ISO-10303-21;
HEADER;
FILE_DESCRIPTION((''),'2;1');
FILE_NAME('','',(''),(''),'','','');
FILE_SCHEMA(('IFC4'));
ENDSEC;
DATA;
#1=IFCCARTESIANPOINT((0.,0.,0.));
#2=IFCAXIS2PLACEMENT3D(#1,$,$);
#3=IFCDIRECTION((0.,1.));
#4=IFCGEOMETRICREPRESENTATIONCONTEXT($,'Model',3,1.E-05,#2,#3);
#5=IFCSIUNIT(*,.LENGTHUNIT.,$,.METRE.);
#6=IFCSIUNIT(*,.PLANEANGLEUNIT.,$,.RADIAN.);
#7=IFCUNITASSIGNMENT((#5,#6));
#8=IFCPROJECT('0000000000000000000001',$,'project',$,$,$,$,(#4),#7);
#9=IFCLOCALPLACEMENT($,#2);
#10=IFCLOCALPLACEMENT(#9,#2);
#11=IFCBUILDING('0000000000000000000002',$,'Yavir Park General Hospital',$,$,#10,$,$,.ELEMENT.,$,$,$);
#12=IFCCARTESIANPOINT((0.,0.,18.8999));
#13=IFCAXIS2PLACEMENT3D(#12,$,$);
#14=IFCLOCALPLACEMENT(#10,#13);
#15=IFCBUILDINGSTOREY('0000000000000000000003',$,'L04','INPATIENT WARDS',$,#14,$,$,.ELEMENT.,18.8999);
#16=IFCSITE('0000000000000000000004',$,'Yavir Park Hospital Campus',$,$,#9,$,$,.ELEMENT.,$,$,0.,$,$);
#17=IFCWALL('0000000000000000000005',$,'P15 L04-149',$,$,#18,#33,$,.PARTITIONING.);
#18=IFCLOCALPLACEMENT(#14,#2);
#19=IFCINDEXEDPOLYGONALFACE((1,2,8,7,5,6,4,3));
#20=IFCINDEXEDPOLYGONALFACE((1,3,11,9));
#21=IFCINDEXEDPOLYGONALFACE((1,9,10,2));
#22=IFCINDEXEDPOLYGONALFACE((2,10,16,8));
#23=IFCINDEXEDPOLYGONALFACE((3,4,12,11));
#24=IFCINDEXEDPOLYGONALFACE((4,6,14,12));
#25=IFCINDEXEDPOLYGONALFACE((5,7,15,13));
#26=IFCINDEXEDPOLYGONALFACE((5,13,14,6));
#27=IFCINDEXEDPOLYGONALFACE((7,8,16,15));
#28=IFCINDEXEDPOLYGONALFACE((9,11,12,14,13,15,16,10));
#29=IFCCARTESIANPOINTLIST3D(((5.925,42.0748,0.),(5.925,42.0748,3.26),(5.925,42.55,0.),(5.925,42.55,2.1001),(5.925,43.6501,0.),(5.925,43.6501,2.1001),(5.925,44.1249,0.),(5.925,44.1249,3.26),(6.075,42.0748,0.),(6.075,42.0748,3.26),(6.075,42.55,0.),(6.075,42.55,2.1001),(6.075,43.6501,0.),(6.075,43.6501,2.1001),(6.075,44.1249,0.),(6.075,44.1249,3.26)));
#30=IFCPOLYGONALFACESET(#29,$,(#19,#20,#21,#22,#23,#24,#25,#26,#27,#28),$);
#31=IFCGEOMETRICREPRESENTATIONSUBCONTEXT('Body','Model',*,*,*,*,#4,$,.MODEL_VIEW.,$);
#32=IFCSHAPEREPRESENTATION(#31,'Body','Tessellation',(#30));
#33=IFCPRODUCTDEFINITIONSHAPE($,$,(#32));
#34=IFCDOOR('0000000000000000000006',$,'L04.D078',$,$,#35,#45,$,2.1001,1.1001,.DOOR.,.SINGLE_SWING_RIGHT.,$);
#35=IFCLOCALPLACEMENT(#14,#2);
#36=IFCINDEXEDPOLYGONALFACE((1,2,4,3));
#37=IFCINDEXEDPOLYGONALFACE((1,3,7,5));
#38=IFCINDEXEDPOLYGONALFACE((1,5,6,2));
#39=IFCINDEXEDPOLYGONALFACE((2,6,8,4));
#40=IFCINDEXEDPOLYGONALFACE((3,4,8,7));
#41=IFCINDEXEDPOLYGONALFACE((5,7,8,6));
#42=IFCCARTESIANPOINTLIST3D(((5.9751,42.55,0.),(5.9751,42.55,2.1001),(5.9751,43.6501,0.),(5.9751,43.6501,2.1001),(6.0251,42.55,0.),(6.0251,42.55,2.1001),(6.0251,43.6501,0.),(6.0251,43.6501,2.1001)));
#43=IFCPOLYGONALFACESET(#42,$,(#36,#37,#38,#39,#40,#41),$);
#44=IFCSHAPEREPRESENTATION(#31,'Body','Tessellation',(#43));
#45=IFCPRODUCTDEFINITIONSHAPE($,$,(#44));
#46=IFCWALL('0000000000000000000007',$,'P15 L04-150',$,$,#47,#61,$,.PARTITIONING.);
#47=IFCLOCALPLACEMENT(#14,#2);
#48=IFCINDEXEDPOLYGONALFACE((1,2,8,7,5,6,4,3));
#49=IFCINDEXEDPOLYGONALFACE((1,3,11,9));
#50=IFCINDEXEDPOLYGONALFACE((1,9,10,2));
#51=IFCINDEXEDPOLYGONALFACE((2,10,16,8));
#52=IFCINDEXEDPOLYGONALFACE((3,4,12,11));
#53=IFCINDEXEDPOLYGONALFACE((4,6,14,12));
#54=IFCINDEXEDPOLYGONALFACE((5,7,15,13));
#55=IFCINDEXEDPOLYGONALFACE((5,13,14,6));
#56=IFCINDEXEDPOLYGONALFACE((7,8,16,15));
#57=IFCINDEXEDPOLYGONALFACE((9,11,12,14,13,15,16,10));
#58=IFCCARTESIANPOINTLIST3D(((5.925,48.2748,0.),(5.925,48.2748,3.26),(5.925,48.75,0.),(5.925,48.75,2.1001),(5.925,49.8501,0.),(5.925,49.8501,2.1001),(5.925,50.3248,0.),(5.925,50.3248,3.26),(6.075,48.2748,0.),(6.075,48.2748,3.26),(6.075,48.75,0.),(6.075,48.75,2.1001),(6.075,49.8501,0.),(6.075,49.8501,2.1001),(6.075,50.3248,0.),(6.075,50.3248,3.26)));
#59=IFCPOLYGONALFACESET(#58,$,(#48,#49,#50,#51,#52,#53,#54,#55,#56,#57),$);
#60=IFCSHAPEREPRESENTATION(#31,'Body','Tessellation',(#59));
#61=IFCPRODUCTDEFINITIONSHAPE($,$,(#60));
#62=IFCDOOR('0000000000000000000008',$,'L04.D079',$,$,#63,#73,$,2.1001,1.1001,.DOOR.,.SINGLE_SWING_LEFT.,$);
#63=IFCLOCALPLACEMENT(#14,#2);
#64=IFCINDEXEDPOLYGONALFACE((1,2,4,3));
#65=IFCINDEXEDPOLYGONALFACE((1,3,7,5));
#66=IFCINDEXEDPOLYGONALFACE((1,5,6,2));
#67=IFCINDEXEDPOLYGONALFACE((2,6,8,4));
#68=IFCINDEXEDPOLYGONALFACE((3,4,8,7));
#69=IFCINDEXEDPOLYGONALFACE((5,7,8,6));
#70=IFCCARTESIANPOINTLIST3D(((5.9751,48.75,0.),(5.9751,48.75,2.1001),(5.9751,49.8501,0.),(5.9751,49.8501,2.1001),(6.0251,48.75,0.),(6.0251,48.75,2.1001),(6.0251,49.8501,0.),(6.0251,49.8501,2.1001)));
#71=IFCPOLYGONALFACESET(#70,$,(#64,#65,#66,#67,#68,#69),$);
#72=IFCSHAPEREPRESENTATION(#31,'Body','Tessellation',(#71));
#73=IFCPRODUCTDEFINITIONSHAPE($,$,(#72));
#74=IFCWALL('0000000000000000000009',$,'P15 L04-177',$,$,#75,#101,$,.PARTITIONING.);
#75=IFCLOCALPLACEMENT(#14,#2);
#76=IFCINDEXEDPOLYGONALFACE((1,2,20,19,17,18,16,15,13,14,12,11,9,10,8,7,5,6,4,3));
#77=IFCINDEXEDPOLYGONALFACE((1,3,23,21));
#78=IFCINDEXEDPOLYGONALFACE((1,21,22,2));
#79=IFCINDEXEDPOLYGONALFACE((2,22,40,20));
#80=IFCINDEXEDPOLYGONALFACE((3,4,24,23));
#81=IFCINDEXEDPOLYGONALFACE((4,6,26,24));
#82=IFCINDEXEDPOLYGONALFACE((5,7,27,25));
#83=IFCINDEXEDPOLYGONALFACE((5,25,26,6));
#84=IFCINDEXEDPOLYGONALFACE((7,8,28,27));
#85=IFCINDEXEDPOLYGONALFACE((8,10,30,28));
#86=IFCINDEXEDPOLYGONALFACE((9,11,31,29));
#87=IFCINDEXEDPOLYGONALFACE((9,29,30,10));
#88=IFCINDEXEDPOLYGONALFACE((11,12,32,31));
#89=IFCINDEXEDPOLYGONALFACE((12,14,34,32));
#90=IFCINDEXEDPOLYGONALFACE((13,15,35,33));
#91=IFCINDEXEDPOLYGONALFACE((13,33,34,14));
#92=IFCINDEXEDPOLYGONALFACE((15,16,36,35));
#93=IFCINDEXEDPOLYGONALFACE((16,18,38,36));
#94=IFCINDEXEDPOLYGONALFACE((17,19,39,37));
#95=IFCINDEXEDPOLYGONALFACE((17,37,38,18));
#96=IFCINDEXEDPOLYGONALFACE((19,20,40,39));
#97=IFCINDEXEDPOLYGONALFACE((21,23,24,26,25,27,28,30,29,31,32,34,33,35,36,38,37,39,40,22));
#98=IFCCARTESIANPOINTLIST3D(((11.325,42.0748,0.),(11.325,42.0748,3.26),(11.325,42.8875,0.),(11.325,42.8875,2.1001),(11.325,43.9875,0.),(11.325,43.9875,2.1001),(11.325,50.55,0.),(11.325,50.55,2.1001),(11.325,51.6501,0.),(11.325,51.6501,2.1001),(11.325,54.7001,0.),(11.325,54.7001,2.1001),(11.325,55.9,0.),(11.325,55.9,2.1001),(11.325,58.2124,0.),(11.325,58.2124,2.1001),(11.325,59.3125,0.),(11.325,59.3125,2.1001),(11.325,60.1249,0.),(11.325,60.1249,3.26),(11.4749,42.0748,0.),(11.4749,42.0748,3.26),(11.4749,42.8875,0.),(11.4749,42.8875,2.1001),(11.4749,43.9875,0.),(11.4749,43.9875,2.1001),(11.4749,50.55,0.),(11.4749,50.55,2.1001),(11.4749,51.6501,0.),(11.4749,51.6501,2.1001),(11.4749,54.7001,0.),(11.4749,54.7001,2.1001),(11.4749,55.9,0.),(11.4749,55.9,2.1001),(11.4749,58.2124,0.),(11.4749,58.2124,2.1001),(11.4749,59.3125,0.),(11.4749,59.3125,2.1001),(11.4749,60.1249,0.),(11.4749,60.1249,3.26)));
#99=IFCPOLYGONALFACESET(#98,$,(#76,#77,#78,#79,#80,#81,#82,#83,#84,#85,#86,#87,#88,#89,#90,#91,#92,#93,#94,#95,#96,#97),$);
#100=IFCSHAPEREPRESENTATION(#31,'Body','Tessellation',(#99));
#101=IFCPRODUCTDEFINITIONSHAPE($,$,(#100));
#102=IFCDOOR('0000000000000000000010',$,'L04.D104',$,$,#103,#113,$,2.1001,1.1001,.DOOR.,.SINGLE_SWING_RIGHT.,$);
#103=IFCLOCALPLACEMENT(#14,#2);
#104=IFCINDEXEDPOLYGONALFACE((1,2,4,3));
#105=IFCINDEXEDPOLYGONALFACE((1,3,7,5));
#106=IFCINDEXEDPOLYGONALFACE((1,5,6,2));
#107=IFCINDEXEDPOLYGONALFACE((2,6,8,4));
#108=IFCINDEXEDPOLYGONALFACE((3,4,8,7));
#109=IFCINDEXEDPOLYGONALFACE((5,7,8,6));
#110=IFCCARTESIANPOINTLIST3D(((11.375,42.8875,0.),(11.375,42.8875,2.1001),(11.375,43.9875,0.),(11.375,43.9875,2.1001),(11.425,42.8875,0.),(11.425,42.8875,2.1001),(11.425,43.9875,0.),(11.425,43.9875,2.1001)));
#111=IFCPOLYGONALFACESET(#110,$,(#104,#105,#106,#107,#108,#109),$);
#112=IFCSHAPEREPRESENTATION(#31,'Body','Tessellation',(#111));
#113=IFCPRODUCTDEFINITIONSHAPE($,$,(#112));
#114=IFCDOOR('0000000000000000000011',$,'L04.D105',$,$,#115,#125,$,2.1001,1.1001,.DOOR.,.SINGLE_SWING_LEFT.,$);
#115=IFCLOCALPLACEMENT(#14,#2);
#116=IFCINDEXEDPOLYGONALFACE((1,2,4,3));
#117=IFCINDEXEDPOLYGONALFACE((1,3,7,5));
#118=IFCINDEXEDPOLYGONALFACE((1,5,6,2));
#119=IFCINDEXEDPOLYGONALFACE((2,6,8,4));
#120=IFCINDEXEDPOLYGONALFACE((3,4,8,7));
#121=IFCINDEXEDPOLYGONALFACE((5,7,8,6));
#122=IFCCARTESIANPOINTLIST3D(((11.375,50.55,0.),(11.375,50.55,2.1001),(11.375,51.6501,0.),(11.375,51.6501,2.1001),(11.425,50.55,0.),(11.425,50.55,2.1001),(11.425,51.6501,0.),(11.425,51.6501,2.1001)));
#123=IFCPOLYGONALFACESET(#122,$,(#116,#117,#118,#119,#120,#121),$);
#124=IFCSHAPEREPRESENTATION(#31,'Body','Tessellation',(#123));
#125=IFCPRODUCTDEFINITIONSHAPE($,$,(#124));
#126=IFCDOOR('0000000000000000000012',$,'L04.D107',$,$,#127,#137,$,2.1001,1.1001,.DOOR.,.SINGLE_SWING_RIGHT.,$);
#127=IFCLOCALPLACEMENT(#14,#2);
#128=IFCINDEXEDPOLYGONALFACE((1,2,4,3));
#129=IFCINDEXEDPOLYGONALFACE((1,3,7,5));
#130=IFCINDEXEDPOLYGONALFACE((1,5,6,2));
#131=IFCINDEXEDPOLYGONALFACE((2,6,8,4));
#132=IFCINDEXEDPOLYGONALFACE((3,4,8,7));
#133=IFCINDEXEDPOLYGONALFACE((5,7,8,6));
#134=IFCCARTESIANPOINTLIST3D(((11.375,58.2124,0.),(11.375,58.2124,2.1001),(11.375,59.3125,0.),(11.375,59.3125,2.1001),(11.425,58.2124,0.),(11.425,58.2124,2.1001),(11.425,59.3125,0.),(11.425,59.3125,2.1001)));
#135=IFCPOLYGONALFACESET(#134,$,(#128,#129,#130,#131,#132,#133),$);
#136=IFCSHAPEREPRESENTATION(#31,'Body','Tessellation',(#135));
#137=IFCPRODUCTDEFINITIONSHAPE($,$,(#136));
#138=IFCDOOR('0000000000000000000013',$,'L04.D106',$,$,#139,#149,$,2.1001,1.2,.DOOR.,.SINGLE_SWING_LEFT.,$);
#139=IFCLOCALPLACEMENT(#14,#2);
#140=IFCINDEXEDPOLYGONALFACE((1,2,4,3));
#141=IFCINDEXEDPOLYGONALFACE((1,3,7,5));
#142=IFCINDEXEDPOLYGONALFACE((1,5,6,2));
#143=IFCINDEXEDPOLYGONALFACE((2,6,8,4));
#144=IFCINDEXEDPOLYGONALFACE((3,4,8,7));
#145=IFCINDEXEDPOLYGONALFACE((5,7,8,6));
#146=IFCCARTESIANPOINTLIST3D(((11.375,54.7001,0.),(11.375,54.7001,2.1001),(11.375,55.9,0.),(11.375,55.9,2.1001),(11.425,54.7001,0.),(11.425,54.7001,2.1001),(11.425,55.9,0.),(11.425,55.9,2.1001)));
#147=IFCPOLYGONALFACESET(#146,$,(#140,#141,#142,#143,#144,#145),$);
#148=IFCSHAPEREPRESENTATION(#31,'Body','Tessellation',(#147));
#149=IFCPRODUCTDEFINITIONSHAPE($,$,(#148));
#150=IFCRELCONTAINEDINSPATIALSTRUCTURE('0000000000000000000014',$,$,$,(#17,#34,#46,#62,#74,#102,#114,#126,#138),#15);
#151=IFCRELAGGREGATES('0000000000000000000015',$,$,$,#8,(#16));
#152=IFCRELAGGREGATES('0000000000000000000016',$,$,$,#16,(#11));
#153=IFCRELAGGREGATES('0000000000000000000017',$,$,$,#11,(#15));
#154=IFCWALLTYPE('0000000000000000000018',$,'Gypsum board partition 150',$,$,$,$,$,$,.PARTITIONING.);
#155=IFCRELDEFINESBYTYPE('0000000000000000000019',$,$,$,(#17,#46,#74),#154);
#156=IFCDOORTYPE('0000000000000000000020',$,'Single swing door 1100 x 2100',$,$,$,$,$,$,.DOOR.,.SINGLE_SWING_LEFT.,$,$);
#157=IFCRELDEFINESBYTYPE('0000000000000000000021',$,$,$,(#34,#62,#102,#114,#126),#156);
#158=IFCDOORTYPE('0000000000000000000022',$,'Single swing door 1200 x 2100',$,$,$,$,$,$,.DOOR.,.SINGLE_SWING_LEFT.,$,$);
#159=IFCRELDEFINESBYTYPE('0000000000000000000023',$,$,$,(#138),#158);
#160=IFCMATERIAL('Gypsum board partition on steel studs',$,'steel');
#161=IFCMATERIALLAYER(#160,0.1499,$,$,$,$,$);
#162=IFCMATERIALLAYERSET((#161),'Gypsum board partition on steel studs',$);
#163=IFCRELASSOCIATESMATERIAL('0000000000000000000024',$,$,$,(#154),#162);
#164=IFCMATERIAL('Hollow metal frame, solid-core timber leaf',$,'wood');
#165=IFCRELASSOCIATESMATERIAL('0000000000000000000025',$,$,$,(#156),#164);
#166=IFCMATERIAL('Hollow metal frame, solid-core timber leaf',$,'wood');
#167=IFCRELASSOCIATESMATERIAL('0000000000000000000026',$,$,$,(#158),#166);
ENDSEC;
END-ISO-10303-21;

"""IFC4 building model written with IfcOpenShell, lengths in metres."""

from ifc_helpers import new_model, si_unit, direction, frame, frame_2d, origin, place, context, subcontext, project, spatial, rectangle, extrude, material, layer, layer_set, type_object, element, fill, save


model = new_model("IFC4")

# Units and contexts
model_context = context("Model", 3, precision=1e-05, world=origin(), true_north=direction((0.0, 1.0)))
body_context = subcontext(model_context, "Body", "Model", "MODEL_VIEW")
ifc_project = project(units=[si_unit("LENGTHUNIT", "METRE"), si_unit("PLANEANGLEUNIT", "RADIAN")], contexts=[model_context])

# Site, building, storey
site_placement = place(None, origin())
site = spatial("IfcSite", under=ifc_project, at=site_placement, Name="Yavir Park Hospital Campus", CompositionType="ELEMENT", RefElevation=0.0)
building_placement = place(site_placement, origin())
building = spatial("IfcBuilding", under=site, at=building_placement, Name="Yavir Park General Hospital", CompositionType="ELEMENT")
storey_placement = place(building_placement, frame((0.0, 0.0, 18.8999)))
storey = spatial("IfcBuildingStorey", under=building, at=storey_placement, Name="L04", Description="INPATIENT WARDS", CompositionType="ELEMENT", Elevation=18.8999)

# Shared definitions
ifc_material_1 = material(Name="Gypsum board partition on steel studs", Category="steel")
ifc_layer_1 = layer(ifc_material_1, 0.1499)
ifc_layer_set_1 = layer_set([ifc_layer_1], Name="Gypsum board partition on steel studs")
wall_type_1 = type_object("IfcWallType", Name="Gypsum board partition 150", PredefinedType="PARTITIONING", material=ifc_layer_set_1)

# Walls, openings, doors
ifc_material_2 = material(Name="Hollow metal frame, solid-core timber leaf", Category="wood")
door_type_1 = type_object("IfcDoorType", Name="Single swing door 1100 x 2100", OperationType="SINGLE_SWING_LEFT", PredefinedType="DOOR", material=ifc_material_2)
wall_1_placement = place(storey_placement, frame((6.0, 42.075, 0.0), z_axis=(0.0, 0.0, 1.0), x_axis=(0.0, 1.0, 0.0)))
wall_1 = element("IfcWall", 1, at=wall_1_placement, inside=storey, type_object=wall_type_1, Name="P15 L04-149", PredefinedType="PARTITIONING", context=body_context, shape_type="SweptSolid", body=[
    extrude(rectangle(XDim=2.05, YDim=0.1499, at=frame_2d((1.0249, 0.0))), origin(), (0.0, 0.0, 1.0), 3.26),
])
opening_1_placement = place(wall_1_placement, frame((0.4751, 0.0, 0.0)))
opening_1 = element("IfcOpeningElement", 2, at=opening_1_placement, cuts=wall_1, PredefinedType="OPENING", context=body_context, shape_type="SweptSolid", body=[
    extrude(rectangle(XDim=1.1001, YDim=2.1001, at=frame_2d((0.55, 1.05))), frame((0.0, 0.085, 0.0), z_axis=(0.0, -1.0, 0.0), x_axis=(1.0, 0.0, 0.0)), (0.0, 0.0, 1.0), 0.1699),
])
door_1_placement = place(opening_1_placement, origin())
door_1 = element("IfcDoor", 3, at=door_1_placement, inside=storey, type_object=door_type_1, Name="L04.D078", OperationType="SINGLE_SWING_RIGHT", OverallHeight=2.1001, OverallWidth=1.1001, PredefinedType="DOOR", context=body_context, shape_type="SweptSolid", body=[
    extrude(rectangle(XDim=1.1001, YDim=2.1001, at=frame_2d((0.55, 1.05))), frame((0.0, 0.0249, 0.0), z_axis=(0.0, -1.0, 0.0), x_axis=(1.0, 0.0, 0.0)), (0.0, 0.0, 1.0), 0.05),
])
fill(opening_1, door_1)
wall_2_placement = place(storey_placement, frame((6.0, 48.2749, 0.0), z_axis=(0.0, 0.0, 1.0), x_axis=(0.0, 1.0, 0.0)))
wall_2 = element("IfcWall", 4, at=wall_2_placement, inside=storey, type_object=wall_type_1, Name="P15 L04-150", PredefinedType="PARTITIONING", context=body_context, shape_type="SweptSolid", body=[
    extrude(rectangle(XDim=2.05, YDim=0.1499, at=frame_2d((1.0249, 0.0))), origin(), (0.0, 0.0, 1.0), 3.26),
])
opening_2_placement = place(wall_2_placement, frame((0.4751, 0.0, 0.0)))
opening_2 = element("IfcOpeningElement", 5, at=opening_2_placement, cuts=wall_2, PredefinedType="OPENING", context=body_context, shape_type="SweptSolid", body=[
    extrude(rectangle(XDim=1.1001, YDim=2.1001, at=frame_2d((0.55, 1.05))), frame((0.0, 0.085, 0.0), z_axis=(0.0, -1.0, 0.0), x_axis=(1.0, 0.0, 0.0)), (0.0, 0.0, 1.0), 0.1699),
])
door_2_placement = place(opening_2_placement, origin())
door_2 = element("IfcDoor", 6, at=door_2_placement, inside=storey, type_object=door_type_1, Name="L04.D079", OperationType="SINGLE_SWING_LEFT", OverallHeight=2.1001, OverallWidth=1.1001, PredefinedType="DOOR", context=body_context, shape_type="SweptSolid", body=[
    extrude(rectangle(XDim=1.1001, YDim=2.1001, at=frame_2d((0.55, 1.05))), frame((0.0, 0.0249, 0.0), z_axis=(0.0, -1.0, 0.0), x_axis=(1.0, 0.0, 0.0)), (0.0, 0.0, 1.0), 0.05),
])
fill(opening_2, door_2)

# Wall, openings, doors
wall_3_placement = place(storey_placement, frame((11.3999, 42.075, 0.0), z_axis=(0.0, 0.0, 1.0), x_axis=(0.0, 1.0, 0.0)))
wall_3 = element("IfcWall", 7, at=wall_3_placement, inside=storey, type_object=wall_type_1, Name="P15 L04-177", PredefinedType="PARTITIONING", context=body_context, shape_type="SweptSolid", body=[
    extrude(rectangle(XDim=18.05, YDim=0.1499, at=frame_2d((9.0249, 0.0))), origin(), (0.0, 0.0, 1.0), 3.26),
])
opening_3_placement = place(wall_3_placement, frame((0.8125, 0.0, 0.0)))
opening_3 = element("IfcOpeningElement", 8, at=opening_3_placement, cuts=wall_3, PredefinedType="OPENING", context=body_context, shape_type="SweptSolid", body=[
    extrude(rectangle(XDim=1.1001, YDim=2.1001, at=frame_2d((0.55, 1.05))), frame((0.0, 0.085, 0.0), z_axis=(0.0, -1.0, 0.0), x_axis=(1.0, 0.0, 0.0)), (0.0, 0.0, 1.0), 0.1699),
])
opening_4_placement = place(wall_3_placement, frame((8.4751, 0.0, 0.0)))
opening_4 = element("IfcOpeningElement", 9, at=opening_4_placement, cuts=wall_3, PredefinedType="OPENING", context=body_context, shape_type="SweptSolid", body=[
    extrude(rectangle(XDim=1.1001, YDim=2.1001, at=frame_2d((0.55, 1.05))), frame((0.0, 0.085, 0.0), z_axis=(0.0, -1.0, 0.0), x_axis=(1.0, 0.0, 0.0)), (0.0, 0.0, 1.0), 0.1699),
])
opening_5_placement = place(wall_3_placement, frame((12.625, 0.0, 0.0)))
opening_5 = element("IfcOpeningElement", 10, at=opening_5_placement, cuts=wall_3, PredefinedType="OPENING", context=body_context, shape_type="SweptSolid", body=[
    extrude(rectangle(XDim=1.2, YDim=2.1001, at=frame_2d((0.6001, 1.05))), frame((0.0, 0.085, 0.0), z_axis=(0.0, -1.0, 0.0), x_axis=(1.0, 0.0, 0.0)), (0.0, 0.0, 1.0), 0.1699),
])
opening_6_placement = place(wall_3_placement, frame((16.1375, 0.0, 0.0)))
opening_6 = element("IfcOpeningElement", 11, at=opening_6_placement, cuts=wall_3, PredefinedType="OPENING", context=body_context, shape_type="SweptSolid", body=[
    extrude(rectangle(XDim=1.1001, YDim=2.1001, at=frame_2d((0.55, 1.05))), frame((0.0, 0.085, 0.0), z_axis=(0.0, -1.0, 0.0), x_axis=(1.0, 0.0, 0.0)), (0.0, 0.0, 1.0), 0.1699),
])
door_3_placement = place(opening_3_placement, origin())
door_3 = element("IfcDoor", 12, at=door_3_placement, inside=storey, type_object=door_type_1, Name="L04.D104", OperationType="SINGLE_SWING_RIGHT", OverallHeight=2.1001, OverallWidth=1.1001, PredefinedType="DOOR", context=body_context, shape_type="SweptSolid", body=[
    extrude(rectangle(XDim=1.1001, YDim=2.1001, at=frame_2d((0.55, 1.05))), frame((0.0, 0.0249, 0.0), z_axis=(0.0, -1.0, 0.0), x_axis=(1.0, 0.0, 0.0)), (0.0, 0.0, 1.0), 0.05),
])
fill(opening_3, door_3)
door_4_placement = place(opening_4_placement, origin())
door_4 = element("IfcDoor", 13, at=door_4_placement, inside=storey, type_object=door_type_1, Name="L04.D105", OperationType="SINGLE_SWING_LEFT", OverallHeight=2.1001, OverallWidth=1.1001, PredefinedType="DOOR", context=body_context, shape_type="SweptSolid", body=[
    extrude(rectangle(XDim=1.1001, YDim=2.1001, at=frame_2d((0.55, 1.05))), frame((0.0, 0.0249, 0.0), z_axis=(0.0, -1.0, 0.0), x_axis=(1.0, 0.0, 0.0)), (0.0, 0.0, 1.0), 0.05),
])
fill(opening_4, door_4)
door_5_placement = place(opening_6_placement, origin())
door_5 = element("IfcDoor", 14, at=door_5_placement, inside=storey, type_object=door_type_1, Name="L04.D107", OperationType="SINGLE_SWING_RIGHT", OverallHeight=2.1001, OverallWidth=1.1001, PredefinedType="DOOR", context=body_context, shape_type="SweptSolid", body=[
    extrude(rectangle(XDim=1.1001, YDim=2.1001, at=frame_2d((0.55, 1.05))), frame((0.0, 0.0249, 0.0), z_axis=(0.0, -1.0, 0.0), x_axis=(1.0, 0.0, 0.0)), (0.0, 0.0, 1.0), 0.05),
])
fill(opening_6, door_5)
ifc_material_3 = material(Name="Hollow metal frame, solid-core timber leaf", Category="wood")
door_type_2 = type_object("IfcDoorType", Name="Single swing door 1200 x 2100", OperationType="SINGLE_SWING_LEFT", PredefinedType="DOOR", material=ifc_material_3)
door_6_placement = place(opening_5_placement, origin())
door_6 = element("IfcDoor", 15, at=door_6_placement, inside=storey, type_object=door_type_2, Name="L04.D106", OperationType="SINGLE_SWING_LEFT", OverallHeight=2.1001, OverallWidth=1.2, PredefinedType="DOOR", context=body_context, shape_type="SweptSolid", body=[
    extrude(rectangle(XDim=1.2, YDim=2.1001, at=frame_2d((0.6001, 1.05))), frame((0.0, 0.0249, 0.0), z_axis=(0.0, -1.0, 0.0), x_axis=(1.0, 0.0, 0.0)), (0.0, 0.0, 1.0), 0.05),
])
fill(opening_5, door_6)

save(model, "model.ifc")
